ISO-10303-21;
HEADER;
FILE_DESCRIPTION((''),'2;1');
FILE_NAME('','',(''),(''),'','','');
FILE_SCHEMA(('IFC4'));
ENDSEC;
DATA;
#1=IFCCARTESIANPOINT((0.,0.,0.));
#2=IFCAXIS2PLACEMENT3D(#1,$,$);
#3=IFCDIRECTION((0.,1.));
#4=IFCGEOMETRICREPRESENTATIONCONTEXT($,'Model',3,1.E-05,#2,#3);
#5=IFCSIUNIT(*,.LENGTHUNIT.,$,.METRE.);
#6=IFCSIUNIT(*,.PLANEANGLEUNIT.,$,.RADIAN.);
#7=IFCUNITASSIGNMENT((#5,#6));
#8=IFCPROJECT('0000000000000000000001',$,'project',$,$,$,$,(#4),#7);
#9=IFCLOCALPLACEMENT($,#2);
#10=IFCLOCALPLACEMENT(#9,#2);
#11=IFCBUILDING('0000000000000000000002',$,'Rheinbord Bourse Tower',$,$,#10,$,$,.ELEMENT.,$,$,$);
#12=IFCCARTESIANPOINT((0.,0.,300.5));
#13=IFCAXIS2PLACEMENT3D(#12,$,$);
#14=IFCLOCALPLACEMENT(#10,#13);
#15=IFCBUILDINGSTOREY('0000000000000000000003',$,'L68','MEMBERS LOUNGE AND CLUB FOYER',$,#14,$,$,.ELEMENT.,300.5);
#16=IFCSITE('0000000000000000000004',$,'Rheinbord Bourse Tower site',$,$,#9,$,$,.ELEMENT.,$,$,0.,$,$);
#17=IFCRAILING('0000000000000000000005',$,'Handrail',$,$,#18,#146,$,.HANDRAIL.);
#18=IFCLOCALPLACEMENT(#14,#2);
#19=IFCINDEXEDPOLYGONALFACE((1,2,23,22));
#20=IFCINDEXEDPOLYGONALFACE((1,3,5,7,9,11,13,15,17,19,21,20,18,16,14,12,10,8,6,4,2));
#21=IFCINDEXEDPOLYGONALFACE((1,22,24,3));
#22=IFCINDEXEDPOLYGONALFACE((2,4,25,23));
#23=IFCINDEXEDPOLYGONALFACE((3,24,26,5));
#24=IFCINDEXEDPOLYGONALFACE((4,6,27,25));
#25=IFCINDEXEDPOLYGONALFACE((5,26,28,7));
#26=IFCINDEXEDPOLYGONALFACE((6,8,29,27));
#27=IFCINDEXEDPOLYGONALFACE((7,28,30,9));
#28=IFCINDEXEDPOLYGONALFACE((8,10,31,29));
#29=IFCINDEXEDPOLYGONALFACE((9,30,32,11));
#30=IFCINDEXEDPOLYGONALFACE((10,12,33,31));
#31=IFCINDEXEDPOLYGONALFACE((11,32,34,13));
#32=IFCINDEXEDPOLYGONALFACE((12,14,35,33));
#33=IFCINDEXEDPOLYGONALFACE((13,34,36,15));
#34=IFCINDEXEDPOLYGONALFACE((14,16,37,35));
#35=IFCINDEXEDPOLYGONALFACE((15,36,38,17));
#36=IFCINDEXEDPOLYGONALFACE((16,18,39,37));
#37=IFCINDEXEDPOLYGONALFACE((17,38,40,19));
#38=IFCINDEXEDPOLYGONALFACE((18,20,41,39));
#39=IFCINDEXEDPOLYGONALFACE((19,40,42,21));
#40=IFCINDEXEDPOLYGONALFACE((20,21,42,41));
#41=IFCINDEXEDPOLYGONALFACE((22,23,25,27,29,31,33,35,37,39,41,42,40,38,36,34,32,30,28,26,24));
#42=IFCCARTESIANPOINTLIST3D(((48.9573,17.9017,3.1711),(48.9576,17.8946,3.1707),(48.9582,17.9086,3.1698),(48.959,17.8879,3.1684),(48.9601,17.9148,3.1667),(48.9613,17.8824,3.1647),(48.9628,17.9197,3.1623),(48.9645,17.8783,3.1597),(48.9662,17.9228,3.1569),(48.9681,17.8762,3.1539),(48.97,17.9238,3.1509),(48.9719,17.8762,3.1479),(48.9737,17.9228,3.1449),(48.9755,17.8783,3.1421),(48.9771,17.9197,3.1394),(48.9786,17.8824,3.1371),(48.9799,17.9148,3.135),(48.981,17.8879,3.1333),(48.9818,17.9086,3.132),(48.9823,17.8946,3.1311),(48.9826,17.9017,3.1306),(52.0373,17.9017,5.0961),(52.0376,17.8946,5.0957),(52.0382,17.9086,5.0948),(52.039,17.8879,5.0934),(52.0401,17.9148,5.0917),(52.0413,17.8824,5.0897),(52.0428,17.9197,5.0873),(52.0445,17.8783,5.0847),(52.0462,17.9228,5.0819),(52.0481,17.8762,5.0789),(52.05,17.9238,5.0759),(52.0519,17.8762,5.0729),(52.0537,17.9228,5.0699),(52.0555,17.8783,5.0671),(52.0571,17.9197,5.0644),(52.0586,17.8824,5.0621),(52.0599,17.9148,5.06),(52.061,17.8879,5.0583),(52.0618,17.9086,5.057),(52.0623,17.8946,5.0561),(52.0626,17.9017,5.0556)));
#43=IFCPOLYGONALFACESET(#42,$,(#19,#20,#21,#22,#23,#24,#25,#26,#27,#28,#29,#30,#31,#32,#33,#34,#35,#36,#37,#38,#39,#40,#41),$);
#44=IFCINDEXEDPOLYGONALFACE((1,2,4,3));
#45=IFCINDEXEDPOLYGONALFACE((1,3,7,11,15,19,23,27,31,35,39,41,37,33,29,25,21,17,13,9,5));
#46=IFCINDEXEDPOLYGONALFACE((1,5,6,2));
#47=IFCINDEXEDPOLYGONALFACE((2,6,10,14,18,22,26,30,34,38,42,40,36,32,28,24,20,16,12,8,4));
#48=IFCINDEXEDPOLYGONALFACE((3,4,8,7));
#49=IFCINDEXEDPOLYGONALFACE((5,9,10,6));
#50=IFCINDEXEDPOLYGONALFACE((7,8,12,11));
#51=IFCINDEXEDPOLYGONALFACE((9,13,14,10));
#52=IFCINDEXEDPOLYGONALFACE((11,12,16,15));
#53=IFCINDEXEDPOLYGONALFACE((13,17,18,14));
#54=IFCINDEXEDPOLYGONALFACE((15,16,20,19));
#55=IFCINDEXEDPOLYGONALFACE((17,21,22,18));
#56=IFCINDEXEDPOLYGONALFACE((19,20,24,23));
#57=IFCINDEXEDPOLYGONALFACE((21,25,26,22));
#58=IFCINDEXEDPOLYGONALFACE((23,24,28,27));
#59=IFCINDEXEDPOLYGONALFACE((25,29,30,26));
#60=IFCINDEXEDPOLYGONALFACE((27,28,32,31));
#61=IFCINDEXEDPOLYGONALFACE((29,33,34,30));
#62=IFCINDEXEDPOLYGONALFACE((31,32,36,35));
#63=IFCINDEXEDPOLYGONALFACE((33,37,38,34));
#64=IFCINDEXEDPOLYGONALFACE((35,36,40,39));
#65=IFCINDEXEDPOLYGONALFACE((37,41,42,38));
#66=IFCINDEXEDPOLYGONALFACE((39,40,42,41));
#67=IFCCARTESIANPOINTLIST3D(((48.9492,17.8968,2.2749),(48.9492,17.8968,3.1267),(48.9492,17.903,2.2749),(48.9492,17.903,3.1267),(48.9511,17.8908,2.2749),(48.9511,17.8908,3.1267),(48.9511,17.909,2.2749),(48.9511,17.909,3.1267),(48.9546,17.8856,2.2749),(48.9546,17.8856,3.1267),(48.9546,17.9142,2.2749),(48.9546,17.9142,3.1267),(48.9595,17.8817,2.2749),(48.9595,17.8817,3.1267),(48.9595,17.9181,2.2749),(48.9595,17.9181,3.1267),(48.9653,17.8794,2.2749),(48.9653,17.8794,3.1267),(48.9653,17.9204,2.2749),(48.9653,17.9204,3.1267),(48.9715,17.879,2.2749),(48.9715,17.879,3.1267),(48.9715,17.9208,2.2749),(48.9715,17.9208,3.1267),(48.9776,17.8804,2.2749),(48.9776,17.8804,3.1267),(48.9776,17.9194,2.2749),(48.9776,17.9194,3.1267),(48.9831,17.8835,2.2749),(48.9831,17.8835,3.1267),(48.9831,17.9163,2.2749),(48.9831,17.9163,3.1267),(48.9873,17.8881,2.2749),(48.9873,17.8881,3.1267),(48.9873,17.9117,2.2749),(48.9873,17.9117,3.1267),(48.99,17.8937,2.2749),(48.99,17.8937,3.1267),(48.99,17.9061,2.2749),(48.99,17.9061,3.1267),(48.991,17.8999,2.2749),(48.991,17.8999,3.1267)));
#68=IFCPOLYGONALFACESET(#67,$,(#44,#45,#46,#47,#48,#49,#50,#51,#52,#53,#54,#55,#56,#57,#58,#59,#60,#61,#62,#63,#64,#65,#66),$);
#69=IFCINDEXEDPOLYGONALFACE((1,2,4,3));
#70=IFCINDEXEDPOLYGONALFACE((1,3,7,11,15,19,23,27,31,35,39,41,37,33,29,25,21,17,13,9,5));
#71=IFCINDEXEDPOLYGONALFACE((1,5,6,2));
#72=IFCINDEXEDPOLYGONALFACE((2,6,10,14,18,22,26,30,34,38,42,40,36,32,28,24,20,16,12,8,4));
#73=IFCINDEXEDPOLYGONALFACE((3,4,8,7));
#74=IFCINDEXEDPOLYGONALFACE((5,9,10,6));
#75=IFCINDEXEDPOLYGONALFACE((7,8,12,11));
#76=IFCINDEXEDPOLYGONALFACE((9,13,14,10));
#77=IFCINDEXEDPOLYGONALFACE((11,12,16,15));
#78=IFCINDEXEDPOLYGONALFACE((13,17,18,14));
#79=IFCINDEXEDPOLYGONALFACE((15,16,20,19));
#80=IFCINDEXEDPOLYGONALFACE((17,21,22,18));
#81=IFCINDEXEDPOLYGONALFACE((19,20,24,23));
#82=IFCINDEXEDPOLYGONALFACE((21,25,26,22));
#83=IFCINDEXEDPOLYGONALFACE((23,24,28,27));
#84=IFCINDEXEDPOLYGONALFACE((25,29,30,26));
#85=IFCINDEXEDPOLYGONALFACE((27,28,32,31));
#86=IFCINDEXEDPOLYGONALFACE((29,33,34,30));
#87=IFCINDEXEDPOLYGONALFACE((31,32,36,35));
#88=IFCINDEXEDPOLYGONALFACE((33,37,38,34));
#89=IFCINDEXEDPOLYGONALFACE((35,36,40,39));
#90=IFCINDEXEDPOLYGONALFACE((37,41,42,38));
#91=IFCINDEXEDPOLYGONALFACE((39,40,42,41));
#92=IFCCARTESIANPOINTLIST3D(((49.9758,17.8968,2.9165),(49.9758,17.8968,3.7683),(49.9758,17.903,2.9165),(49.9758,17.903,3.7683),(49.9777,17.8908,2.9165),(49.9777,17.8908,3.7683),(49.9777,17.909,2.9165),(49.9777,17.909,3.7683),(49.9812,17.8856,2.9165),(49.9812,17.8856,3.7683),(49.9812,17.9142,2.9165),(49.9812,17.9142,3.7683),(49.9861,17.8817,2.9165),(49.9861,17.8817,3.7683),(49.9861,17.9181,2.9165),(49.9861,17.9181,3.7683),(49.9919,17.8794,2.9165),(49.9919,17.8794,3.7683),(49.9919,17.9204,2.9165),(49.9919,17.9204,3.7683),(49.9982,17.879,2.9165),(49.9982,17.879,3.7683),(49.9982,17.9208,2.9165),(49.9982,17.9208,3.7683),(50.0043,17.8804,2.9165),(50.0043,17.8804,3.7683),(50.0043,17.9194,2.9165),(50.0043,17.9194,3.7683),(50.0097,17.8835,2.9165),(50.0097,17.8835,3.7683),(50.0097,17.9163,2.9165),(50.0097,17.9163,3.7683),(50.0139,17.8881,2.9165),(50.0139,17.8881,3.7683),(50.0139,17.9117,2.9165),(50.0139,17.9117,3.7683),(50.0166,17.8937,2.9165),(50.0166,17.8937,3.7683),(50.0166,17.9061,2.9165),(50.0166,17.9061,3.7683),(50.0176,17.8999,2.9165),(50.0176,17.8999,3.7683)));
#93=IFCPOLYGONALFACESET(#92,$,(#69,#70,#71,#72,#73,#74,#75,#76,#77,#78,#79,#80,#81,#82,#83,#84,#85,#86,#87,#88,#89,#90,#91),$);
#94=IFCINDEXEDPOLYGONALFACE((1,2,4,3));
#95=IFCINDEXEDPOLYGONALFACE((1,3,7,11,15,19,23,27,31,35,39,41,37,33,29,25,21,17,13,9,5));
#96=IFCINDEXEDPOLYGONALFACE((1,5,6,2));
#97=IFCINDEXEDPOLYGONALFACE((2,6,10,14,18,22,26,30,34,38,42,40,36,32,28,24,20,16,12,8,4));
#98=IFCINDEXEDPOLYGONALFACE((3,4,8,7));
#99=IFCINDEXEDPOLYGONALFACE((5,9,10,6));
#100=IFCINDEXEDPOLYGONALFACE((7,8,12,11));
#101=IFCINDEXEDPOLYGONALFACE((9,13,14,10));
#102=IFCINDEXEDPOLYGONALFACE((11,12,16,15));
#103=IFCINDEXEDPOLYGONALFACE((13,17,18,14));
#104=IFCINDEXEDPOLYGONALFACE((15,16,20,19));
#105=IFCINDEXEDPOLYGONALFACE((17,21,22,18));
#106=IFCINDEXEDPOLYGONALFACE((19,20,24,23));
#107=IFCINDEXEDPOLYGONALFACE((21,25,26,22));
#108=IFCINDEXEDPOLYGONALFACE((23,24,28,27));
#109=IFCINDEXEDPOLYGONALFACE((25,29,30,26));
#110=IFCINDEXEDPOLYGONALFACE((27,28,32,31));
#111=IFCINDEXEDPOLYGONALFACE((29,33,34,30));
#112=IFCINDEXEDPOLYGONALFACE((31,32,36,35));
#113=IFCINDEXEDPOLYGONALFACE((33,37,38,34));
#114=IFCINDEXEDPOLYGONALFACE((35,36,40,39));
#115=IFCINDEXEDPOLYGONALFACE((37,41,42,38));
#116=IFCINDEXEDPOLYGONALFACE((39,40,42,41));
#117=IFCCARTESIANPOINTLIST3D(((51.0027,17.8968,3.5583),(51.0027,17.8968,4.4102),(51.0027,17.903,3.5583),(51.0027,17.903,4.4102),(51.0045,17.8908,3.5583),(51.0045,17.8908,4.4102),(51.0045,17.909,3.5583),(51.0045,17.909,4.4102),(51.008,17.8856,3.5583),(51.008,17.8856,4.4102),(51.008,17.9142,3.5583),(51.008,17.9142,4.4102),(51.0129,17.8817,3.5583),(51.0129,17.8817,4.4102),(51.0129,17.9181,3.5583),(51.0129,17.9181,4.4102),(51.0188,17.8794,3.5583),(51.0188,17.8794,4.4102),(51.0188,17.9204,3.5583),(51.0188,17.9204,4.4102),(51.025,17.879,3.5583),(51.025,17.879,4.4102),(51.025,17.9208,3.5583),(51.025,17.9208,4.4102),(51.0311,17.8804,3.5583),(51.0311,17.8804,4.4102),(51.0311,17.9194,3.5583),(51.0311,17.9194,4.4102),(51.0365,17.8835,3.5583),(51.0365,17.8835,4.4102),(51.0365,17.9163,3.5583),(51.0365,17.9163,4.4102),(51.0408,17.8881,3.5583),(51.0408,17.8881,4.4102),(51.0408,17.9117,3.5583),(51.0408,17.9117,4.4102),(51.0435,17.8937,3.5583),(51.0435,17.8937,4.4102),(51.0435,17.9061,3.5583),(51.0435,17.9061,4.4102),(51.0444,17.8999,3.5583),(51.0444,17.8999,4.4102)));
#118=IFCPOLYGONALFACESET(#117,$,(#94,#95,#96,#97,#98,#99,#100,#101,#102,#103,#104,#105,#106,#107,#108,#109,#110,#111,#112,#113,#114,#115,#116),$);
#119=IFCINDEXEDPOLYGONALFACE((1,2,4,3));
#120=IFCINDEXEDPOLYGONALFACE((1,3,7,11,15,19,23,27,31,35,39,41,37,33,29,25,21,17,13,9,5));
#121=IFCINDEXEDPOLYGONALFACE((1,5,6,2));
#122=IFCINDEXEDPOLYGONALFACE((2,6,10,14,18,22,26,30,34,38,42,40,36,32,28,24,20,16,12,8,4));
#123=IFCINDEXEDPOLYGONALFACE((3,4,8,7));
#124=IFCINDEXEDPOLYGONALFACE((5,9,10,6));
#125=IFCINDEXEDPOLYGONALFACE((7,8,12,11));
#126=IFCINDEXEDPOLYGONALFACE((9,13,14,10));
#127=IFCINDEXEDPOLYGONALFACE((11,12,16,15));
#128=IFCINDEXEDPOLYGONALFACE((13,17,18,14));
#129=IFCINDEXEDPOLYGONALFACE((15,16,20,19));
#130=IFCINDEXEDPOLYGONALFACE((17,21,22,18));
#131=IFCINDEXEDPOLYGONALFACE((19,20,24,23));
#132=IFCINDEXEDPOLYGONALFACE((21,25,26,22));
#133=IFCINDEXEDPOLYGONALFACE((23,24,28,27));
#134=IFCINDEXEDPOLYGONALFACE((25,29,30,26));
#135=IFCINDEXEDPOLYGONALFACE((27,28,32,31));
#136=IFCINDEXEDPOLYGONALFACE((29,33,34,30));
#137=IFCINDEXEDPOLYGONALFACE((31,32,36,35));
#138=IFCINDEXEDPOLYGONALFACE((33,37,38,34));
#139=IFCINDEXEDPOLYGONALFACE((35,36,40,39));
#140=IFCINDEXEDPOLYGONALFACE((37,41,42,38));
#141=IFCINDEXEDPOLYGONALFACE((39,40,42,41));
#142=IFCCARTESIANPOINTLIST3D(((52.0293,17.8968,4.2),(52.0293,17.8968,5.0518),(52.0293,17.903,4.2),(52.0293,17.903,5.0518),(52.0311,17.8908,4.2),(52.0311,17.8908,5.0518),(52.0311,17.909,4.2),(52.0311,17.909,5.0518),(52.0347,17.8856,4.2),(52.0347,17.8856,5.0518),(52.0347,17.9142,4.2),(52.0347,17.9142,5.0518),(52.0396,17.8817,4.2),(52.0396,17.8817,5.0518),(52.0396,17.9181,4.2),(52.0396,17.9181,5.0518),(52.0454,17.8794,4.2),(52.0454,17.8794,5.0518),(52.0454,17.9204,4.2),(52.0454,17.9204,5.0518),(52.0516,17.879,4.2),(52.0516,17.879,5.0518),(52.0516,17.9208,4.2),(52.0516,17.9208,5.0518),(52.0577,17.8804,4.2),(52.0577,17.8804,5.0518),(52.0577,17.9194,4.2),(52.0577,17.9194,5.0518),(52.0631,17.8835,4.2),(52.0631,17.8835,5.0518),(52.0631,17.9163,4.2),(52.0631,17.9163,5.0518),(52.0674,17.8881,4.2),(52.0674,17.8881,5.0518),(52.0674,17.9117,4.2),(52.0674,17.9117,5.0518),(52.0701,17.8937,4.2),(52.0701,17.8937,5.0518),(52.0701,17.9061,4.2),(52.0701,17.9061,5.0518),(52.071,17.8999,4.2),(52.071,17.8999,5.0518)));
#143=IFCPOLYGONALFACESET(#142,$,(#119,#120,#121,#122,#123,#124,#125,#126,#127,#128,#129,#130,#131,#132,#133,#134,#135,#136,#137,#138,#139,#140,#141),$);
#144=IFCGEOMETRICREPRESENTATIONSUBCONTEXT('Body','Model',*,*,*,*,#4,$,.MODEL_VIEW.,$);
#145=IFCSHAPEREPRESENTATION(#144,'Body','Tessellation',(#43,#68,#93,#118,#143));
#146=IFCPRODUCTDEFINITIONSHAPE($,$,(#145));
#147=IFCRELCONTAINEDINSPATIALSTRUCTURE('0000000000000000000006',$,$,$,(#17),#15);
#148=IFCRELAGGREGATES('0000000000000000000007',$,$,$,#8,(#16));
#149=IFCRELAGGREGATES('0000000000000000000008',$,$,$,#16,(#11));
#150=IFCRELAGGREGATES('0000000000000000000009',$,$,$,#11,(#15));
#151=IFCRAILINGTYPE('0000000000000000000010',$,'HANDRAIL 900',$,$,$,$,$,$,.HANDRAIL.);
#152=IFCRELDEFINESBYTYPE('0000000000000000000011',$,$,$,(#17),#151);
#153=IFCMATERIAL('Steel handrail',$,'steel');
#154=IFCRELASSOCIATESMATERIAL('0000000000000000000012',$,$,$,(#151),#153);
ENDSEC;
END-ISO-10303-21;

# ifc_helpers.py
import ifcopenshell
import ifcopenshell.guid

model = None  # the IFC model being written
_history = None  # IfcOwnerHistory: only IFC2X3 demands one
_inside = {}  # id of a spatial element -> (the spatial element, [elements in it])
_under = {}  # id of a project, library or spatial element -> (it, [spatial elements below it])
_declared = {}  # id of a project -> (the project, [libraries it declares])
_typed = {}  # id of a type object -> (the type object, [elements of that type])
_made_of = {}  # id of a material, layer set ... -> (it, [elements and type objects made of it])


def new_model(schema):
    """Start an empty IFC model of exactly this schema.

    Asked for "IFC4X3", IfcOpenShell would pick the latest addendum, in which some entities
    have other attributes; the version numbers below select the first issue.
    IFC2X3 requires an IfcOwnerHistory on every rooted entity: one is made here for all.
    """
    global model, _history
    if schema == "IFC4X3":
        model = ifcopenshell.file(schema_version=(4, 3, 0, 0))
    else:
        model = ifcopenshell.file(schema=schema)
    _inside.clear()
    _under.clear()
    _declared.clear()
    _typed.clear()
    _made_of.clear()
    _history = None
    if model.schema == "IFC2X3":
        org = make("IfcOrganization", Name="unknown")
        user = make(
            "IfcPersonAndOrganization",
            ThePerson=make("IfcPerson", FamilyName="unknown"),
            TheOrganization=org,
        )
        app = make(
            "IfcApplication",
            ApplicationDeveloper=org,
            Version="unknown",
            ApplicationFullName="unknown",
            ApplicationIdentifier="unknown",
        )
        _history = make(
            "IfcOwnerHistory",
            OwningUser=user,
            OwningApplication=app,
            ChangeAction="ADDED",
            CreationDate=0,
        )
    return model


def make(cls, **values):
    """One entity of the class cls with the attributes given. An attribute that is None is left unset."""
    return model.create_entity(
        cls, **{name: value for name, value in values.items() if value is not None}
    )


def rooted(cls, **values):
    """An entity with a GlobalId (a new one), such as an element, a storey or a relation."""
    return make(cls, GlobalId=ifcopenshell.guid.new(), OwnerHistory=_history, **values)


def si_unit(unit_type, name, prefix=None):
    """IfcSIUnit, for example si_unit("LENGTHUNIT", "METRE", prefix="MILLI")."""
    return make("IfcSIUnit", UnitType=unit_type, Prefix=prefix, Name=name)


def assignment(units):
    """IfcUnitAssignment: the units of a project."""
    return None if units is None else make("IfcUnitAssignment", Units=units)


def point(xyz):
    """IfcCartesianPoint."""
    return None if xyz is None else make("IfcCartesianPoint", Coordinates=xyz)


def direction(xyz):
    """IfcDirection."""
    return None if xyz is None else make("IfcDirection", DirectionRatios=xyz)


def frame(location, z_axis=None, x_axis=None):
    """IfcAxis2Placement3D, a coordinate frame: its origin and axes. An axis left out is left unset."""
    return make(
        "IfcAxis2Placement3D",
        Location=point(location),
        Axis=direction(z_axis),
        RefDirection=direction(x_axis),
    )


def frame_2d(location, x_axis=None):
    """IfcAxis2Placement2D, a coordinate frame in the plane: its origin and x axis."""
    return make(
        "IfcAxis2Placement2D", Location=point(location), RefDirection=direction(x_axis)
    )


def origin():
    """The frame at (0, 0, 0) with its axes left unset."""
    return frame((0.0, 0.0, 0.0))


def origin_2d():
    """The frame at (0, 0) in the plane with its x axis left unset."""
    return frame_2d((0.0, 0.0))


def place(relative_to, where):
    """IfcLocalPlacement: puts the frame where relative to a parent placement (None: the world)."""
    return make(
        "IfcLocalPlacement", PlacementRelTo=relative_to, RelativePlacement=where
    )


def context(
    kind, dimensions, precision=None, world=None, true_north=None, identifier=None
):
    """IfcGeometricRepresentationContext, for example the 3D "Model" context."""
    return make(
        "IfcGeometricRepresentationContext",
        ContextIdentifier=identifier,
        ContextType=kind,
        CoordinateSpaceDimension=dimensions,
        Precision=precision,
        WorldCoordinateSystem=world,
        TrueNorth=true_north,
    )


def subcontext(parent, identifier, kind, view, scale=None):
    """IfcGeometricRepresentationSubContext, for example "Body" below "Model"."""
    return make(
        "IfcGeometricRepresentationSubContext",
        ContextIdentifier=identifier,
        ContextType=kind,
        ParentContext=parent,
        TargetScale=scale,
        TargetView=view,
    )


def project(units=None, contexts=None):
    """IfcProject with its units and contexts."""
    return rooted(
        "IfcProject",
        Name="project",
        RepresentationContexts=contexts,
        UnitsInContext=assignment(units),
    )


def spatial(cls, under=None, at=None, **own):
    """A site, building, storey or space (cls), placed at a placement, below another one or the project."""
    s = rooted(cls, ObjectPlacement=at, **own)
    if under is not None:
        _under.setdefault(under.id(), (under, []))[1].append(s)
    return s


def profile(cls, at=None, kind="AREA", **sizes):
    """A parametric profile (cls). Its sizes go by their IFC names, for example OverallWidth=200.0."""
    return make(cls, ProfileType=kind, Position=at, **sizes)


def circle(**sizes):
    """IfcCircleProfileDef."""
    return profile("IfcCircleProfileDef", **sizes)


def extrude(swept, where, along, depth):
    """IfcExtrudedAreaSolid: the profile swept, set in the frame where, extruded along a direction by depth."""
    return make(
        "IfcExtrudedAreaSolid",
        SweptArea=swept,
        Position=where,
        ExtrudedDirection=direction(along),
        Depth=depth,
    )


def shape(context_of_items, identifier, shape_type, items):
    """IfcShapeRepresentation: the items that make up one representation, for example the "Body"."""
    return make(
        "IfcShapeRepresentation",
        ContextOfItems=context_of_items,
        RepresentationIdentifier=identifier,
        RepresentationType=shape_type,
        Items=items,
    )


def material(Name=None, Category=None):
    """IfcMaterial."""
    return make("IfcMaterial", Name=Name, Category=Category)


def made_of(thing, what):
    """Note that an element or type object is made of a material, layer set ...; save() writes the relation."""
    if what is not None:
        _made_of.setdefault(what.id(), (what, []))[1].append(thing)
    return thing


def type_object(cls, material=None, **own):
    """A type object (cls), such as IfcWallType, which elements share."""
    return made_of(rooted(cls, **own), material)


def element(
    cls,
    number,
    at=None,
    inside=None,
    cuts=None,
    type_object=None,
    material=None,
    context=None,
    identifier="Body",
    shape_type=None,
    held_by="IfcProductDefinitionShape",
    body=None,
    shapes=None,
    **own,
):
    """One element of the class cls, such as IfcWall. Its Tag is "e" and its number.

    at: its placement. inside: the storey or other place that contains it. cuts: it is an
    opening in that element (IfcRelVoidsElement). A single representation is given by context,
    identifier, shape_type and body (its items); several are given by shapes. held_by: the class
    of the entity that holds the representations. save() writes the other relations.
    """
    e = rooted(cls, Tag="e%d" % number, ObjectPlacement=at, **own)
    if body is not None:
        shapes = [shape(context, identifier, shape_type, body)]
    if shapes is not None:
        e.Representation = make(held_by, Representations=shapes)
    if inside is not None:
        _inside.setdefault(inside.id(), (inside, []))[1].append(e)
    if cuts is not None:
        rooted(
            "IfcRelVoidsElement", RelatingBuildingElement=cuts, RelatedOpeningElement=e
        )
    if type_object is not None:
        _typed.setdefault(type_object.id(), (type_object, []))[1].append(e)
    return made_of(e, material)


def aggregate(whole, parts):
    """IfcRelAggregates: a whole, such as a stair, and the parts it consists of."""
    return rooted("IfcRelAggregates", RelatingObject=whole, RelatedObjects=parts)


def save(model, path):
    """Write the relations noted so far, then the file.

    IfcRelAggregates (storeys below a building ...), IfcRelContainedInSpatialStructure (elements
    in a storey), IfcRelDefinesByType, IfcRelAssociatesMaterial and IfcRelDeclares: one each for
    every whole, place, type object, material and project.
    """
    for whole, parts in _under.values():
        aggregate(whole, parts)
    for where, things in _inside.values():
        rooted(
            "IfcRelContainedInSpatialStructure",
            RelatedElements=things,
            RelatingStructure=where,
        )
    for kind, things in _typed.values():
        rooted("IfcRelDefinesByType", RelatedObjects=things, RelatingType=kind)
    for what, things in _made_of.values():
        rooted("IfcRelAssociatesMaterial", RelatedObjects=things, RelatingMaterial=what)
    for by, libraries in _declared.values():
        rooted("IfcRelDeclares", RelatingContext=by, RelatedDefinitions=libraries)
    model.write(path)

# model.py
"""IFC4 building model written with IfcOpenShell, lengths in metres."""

from ifc_helpers import new_model, si_unit, direction, frame, origin, origin_2d, place, context, subcontext, project, spatial, circle, extrude, material, type_object, element, save


model = new_model("IFC4")

# Units and contexts
model_context = context("Model", 3, precision=1e-05, world=origin(), true_north=direction((0.0, 1.0)))
body_context = subcontext(model_context, "Body", "Model", "MODEL_VIEW")
ifc_project = project(units=[si_unit("LENGTHUNIT", "METRE"), si_unit("PLANEANGLEUNIT", "RADIAN")], contexts=[model_context])

# Site, building, storey
site_placement = place(None, origin())
site = spatial("IfcSite", under=ifc_project, at=site_placement, Name="Rheinbord Bourse Tower site", CompositionType="ELEMENT", RefElevation=0.0)
building_placement = place(site_placement, origin())
building = spatial("IfcBuilding", under=site, at=building_placement, Name="Rheinbord Bourse Tower", CompositionType="ELEMENT")
storey_placement = place(building_placement, frame((0.0, 0.0, 300.5)))
storey = spatial("IfcBuildingStorey", under=building, at=storey_placement, Name="L68", Description="MEMBERS LOUNGE AND CLUB FOYER", CompositionType="ELEMENT", Elevation=300.5)

# Railing
ifc_material_1 = material(Name="Steel handrail", Category="steel")
railing_type = type_object("IfcRailingType", Name="HANDRAIL 900", PredefinedType="HANDRAIL", material=ifc_material_1)
railing_1_placement = place(storey_placement, frame((48.97, 17.8999, 2.2749)))
element("IfcRailing", 1, at=railing_1_placement, inside=storey, type_object=railing_type, Name="Handrail", PredefinedType="HANDRAIL", context=body_context, shape_type="SweptSolid", body=[
    extrude(circle(Radius=0.0239, at=origin_2d()), frame((0.0, 0.0, 0.876), z_axis=(0.847998, 0.0, 0.529999), x_axis=(0.0, 1.0, 0.0)), (0.0, 0.0, 1.0), 3.6321),
    extrude(circle(Radius=0.021, at=origin_2d()), origin(), (0.0, 0.0, 1.0), 0.8518),
    extrude(circle(Radius=0.021, at=origin_2d()), frame((1.0266, 0.0, 0.6416)), (0.0, 0.0, 1.0), 0.8518),
    extrude(circle(Radius=0.021, at=origin_2d()), frame((2.0535, 0.0, 1.2834)), (0.0, 0.0, 1.0), 0.8518),
    extrude(circle(Radius=0.021, at=origin_2d()), frame((3.0801, 0.0, 1.925)), (0.0, 0.0, 1.0), 0.8518),
])

save(model, "model.ifc")
